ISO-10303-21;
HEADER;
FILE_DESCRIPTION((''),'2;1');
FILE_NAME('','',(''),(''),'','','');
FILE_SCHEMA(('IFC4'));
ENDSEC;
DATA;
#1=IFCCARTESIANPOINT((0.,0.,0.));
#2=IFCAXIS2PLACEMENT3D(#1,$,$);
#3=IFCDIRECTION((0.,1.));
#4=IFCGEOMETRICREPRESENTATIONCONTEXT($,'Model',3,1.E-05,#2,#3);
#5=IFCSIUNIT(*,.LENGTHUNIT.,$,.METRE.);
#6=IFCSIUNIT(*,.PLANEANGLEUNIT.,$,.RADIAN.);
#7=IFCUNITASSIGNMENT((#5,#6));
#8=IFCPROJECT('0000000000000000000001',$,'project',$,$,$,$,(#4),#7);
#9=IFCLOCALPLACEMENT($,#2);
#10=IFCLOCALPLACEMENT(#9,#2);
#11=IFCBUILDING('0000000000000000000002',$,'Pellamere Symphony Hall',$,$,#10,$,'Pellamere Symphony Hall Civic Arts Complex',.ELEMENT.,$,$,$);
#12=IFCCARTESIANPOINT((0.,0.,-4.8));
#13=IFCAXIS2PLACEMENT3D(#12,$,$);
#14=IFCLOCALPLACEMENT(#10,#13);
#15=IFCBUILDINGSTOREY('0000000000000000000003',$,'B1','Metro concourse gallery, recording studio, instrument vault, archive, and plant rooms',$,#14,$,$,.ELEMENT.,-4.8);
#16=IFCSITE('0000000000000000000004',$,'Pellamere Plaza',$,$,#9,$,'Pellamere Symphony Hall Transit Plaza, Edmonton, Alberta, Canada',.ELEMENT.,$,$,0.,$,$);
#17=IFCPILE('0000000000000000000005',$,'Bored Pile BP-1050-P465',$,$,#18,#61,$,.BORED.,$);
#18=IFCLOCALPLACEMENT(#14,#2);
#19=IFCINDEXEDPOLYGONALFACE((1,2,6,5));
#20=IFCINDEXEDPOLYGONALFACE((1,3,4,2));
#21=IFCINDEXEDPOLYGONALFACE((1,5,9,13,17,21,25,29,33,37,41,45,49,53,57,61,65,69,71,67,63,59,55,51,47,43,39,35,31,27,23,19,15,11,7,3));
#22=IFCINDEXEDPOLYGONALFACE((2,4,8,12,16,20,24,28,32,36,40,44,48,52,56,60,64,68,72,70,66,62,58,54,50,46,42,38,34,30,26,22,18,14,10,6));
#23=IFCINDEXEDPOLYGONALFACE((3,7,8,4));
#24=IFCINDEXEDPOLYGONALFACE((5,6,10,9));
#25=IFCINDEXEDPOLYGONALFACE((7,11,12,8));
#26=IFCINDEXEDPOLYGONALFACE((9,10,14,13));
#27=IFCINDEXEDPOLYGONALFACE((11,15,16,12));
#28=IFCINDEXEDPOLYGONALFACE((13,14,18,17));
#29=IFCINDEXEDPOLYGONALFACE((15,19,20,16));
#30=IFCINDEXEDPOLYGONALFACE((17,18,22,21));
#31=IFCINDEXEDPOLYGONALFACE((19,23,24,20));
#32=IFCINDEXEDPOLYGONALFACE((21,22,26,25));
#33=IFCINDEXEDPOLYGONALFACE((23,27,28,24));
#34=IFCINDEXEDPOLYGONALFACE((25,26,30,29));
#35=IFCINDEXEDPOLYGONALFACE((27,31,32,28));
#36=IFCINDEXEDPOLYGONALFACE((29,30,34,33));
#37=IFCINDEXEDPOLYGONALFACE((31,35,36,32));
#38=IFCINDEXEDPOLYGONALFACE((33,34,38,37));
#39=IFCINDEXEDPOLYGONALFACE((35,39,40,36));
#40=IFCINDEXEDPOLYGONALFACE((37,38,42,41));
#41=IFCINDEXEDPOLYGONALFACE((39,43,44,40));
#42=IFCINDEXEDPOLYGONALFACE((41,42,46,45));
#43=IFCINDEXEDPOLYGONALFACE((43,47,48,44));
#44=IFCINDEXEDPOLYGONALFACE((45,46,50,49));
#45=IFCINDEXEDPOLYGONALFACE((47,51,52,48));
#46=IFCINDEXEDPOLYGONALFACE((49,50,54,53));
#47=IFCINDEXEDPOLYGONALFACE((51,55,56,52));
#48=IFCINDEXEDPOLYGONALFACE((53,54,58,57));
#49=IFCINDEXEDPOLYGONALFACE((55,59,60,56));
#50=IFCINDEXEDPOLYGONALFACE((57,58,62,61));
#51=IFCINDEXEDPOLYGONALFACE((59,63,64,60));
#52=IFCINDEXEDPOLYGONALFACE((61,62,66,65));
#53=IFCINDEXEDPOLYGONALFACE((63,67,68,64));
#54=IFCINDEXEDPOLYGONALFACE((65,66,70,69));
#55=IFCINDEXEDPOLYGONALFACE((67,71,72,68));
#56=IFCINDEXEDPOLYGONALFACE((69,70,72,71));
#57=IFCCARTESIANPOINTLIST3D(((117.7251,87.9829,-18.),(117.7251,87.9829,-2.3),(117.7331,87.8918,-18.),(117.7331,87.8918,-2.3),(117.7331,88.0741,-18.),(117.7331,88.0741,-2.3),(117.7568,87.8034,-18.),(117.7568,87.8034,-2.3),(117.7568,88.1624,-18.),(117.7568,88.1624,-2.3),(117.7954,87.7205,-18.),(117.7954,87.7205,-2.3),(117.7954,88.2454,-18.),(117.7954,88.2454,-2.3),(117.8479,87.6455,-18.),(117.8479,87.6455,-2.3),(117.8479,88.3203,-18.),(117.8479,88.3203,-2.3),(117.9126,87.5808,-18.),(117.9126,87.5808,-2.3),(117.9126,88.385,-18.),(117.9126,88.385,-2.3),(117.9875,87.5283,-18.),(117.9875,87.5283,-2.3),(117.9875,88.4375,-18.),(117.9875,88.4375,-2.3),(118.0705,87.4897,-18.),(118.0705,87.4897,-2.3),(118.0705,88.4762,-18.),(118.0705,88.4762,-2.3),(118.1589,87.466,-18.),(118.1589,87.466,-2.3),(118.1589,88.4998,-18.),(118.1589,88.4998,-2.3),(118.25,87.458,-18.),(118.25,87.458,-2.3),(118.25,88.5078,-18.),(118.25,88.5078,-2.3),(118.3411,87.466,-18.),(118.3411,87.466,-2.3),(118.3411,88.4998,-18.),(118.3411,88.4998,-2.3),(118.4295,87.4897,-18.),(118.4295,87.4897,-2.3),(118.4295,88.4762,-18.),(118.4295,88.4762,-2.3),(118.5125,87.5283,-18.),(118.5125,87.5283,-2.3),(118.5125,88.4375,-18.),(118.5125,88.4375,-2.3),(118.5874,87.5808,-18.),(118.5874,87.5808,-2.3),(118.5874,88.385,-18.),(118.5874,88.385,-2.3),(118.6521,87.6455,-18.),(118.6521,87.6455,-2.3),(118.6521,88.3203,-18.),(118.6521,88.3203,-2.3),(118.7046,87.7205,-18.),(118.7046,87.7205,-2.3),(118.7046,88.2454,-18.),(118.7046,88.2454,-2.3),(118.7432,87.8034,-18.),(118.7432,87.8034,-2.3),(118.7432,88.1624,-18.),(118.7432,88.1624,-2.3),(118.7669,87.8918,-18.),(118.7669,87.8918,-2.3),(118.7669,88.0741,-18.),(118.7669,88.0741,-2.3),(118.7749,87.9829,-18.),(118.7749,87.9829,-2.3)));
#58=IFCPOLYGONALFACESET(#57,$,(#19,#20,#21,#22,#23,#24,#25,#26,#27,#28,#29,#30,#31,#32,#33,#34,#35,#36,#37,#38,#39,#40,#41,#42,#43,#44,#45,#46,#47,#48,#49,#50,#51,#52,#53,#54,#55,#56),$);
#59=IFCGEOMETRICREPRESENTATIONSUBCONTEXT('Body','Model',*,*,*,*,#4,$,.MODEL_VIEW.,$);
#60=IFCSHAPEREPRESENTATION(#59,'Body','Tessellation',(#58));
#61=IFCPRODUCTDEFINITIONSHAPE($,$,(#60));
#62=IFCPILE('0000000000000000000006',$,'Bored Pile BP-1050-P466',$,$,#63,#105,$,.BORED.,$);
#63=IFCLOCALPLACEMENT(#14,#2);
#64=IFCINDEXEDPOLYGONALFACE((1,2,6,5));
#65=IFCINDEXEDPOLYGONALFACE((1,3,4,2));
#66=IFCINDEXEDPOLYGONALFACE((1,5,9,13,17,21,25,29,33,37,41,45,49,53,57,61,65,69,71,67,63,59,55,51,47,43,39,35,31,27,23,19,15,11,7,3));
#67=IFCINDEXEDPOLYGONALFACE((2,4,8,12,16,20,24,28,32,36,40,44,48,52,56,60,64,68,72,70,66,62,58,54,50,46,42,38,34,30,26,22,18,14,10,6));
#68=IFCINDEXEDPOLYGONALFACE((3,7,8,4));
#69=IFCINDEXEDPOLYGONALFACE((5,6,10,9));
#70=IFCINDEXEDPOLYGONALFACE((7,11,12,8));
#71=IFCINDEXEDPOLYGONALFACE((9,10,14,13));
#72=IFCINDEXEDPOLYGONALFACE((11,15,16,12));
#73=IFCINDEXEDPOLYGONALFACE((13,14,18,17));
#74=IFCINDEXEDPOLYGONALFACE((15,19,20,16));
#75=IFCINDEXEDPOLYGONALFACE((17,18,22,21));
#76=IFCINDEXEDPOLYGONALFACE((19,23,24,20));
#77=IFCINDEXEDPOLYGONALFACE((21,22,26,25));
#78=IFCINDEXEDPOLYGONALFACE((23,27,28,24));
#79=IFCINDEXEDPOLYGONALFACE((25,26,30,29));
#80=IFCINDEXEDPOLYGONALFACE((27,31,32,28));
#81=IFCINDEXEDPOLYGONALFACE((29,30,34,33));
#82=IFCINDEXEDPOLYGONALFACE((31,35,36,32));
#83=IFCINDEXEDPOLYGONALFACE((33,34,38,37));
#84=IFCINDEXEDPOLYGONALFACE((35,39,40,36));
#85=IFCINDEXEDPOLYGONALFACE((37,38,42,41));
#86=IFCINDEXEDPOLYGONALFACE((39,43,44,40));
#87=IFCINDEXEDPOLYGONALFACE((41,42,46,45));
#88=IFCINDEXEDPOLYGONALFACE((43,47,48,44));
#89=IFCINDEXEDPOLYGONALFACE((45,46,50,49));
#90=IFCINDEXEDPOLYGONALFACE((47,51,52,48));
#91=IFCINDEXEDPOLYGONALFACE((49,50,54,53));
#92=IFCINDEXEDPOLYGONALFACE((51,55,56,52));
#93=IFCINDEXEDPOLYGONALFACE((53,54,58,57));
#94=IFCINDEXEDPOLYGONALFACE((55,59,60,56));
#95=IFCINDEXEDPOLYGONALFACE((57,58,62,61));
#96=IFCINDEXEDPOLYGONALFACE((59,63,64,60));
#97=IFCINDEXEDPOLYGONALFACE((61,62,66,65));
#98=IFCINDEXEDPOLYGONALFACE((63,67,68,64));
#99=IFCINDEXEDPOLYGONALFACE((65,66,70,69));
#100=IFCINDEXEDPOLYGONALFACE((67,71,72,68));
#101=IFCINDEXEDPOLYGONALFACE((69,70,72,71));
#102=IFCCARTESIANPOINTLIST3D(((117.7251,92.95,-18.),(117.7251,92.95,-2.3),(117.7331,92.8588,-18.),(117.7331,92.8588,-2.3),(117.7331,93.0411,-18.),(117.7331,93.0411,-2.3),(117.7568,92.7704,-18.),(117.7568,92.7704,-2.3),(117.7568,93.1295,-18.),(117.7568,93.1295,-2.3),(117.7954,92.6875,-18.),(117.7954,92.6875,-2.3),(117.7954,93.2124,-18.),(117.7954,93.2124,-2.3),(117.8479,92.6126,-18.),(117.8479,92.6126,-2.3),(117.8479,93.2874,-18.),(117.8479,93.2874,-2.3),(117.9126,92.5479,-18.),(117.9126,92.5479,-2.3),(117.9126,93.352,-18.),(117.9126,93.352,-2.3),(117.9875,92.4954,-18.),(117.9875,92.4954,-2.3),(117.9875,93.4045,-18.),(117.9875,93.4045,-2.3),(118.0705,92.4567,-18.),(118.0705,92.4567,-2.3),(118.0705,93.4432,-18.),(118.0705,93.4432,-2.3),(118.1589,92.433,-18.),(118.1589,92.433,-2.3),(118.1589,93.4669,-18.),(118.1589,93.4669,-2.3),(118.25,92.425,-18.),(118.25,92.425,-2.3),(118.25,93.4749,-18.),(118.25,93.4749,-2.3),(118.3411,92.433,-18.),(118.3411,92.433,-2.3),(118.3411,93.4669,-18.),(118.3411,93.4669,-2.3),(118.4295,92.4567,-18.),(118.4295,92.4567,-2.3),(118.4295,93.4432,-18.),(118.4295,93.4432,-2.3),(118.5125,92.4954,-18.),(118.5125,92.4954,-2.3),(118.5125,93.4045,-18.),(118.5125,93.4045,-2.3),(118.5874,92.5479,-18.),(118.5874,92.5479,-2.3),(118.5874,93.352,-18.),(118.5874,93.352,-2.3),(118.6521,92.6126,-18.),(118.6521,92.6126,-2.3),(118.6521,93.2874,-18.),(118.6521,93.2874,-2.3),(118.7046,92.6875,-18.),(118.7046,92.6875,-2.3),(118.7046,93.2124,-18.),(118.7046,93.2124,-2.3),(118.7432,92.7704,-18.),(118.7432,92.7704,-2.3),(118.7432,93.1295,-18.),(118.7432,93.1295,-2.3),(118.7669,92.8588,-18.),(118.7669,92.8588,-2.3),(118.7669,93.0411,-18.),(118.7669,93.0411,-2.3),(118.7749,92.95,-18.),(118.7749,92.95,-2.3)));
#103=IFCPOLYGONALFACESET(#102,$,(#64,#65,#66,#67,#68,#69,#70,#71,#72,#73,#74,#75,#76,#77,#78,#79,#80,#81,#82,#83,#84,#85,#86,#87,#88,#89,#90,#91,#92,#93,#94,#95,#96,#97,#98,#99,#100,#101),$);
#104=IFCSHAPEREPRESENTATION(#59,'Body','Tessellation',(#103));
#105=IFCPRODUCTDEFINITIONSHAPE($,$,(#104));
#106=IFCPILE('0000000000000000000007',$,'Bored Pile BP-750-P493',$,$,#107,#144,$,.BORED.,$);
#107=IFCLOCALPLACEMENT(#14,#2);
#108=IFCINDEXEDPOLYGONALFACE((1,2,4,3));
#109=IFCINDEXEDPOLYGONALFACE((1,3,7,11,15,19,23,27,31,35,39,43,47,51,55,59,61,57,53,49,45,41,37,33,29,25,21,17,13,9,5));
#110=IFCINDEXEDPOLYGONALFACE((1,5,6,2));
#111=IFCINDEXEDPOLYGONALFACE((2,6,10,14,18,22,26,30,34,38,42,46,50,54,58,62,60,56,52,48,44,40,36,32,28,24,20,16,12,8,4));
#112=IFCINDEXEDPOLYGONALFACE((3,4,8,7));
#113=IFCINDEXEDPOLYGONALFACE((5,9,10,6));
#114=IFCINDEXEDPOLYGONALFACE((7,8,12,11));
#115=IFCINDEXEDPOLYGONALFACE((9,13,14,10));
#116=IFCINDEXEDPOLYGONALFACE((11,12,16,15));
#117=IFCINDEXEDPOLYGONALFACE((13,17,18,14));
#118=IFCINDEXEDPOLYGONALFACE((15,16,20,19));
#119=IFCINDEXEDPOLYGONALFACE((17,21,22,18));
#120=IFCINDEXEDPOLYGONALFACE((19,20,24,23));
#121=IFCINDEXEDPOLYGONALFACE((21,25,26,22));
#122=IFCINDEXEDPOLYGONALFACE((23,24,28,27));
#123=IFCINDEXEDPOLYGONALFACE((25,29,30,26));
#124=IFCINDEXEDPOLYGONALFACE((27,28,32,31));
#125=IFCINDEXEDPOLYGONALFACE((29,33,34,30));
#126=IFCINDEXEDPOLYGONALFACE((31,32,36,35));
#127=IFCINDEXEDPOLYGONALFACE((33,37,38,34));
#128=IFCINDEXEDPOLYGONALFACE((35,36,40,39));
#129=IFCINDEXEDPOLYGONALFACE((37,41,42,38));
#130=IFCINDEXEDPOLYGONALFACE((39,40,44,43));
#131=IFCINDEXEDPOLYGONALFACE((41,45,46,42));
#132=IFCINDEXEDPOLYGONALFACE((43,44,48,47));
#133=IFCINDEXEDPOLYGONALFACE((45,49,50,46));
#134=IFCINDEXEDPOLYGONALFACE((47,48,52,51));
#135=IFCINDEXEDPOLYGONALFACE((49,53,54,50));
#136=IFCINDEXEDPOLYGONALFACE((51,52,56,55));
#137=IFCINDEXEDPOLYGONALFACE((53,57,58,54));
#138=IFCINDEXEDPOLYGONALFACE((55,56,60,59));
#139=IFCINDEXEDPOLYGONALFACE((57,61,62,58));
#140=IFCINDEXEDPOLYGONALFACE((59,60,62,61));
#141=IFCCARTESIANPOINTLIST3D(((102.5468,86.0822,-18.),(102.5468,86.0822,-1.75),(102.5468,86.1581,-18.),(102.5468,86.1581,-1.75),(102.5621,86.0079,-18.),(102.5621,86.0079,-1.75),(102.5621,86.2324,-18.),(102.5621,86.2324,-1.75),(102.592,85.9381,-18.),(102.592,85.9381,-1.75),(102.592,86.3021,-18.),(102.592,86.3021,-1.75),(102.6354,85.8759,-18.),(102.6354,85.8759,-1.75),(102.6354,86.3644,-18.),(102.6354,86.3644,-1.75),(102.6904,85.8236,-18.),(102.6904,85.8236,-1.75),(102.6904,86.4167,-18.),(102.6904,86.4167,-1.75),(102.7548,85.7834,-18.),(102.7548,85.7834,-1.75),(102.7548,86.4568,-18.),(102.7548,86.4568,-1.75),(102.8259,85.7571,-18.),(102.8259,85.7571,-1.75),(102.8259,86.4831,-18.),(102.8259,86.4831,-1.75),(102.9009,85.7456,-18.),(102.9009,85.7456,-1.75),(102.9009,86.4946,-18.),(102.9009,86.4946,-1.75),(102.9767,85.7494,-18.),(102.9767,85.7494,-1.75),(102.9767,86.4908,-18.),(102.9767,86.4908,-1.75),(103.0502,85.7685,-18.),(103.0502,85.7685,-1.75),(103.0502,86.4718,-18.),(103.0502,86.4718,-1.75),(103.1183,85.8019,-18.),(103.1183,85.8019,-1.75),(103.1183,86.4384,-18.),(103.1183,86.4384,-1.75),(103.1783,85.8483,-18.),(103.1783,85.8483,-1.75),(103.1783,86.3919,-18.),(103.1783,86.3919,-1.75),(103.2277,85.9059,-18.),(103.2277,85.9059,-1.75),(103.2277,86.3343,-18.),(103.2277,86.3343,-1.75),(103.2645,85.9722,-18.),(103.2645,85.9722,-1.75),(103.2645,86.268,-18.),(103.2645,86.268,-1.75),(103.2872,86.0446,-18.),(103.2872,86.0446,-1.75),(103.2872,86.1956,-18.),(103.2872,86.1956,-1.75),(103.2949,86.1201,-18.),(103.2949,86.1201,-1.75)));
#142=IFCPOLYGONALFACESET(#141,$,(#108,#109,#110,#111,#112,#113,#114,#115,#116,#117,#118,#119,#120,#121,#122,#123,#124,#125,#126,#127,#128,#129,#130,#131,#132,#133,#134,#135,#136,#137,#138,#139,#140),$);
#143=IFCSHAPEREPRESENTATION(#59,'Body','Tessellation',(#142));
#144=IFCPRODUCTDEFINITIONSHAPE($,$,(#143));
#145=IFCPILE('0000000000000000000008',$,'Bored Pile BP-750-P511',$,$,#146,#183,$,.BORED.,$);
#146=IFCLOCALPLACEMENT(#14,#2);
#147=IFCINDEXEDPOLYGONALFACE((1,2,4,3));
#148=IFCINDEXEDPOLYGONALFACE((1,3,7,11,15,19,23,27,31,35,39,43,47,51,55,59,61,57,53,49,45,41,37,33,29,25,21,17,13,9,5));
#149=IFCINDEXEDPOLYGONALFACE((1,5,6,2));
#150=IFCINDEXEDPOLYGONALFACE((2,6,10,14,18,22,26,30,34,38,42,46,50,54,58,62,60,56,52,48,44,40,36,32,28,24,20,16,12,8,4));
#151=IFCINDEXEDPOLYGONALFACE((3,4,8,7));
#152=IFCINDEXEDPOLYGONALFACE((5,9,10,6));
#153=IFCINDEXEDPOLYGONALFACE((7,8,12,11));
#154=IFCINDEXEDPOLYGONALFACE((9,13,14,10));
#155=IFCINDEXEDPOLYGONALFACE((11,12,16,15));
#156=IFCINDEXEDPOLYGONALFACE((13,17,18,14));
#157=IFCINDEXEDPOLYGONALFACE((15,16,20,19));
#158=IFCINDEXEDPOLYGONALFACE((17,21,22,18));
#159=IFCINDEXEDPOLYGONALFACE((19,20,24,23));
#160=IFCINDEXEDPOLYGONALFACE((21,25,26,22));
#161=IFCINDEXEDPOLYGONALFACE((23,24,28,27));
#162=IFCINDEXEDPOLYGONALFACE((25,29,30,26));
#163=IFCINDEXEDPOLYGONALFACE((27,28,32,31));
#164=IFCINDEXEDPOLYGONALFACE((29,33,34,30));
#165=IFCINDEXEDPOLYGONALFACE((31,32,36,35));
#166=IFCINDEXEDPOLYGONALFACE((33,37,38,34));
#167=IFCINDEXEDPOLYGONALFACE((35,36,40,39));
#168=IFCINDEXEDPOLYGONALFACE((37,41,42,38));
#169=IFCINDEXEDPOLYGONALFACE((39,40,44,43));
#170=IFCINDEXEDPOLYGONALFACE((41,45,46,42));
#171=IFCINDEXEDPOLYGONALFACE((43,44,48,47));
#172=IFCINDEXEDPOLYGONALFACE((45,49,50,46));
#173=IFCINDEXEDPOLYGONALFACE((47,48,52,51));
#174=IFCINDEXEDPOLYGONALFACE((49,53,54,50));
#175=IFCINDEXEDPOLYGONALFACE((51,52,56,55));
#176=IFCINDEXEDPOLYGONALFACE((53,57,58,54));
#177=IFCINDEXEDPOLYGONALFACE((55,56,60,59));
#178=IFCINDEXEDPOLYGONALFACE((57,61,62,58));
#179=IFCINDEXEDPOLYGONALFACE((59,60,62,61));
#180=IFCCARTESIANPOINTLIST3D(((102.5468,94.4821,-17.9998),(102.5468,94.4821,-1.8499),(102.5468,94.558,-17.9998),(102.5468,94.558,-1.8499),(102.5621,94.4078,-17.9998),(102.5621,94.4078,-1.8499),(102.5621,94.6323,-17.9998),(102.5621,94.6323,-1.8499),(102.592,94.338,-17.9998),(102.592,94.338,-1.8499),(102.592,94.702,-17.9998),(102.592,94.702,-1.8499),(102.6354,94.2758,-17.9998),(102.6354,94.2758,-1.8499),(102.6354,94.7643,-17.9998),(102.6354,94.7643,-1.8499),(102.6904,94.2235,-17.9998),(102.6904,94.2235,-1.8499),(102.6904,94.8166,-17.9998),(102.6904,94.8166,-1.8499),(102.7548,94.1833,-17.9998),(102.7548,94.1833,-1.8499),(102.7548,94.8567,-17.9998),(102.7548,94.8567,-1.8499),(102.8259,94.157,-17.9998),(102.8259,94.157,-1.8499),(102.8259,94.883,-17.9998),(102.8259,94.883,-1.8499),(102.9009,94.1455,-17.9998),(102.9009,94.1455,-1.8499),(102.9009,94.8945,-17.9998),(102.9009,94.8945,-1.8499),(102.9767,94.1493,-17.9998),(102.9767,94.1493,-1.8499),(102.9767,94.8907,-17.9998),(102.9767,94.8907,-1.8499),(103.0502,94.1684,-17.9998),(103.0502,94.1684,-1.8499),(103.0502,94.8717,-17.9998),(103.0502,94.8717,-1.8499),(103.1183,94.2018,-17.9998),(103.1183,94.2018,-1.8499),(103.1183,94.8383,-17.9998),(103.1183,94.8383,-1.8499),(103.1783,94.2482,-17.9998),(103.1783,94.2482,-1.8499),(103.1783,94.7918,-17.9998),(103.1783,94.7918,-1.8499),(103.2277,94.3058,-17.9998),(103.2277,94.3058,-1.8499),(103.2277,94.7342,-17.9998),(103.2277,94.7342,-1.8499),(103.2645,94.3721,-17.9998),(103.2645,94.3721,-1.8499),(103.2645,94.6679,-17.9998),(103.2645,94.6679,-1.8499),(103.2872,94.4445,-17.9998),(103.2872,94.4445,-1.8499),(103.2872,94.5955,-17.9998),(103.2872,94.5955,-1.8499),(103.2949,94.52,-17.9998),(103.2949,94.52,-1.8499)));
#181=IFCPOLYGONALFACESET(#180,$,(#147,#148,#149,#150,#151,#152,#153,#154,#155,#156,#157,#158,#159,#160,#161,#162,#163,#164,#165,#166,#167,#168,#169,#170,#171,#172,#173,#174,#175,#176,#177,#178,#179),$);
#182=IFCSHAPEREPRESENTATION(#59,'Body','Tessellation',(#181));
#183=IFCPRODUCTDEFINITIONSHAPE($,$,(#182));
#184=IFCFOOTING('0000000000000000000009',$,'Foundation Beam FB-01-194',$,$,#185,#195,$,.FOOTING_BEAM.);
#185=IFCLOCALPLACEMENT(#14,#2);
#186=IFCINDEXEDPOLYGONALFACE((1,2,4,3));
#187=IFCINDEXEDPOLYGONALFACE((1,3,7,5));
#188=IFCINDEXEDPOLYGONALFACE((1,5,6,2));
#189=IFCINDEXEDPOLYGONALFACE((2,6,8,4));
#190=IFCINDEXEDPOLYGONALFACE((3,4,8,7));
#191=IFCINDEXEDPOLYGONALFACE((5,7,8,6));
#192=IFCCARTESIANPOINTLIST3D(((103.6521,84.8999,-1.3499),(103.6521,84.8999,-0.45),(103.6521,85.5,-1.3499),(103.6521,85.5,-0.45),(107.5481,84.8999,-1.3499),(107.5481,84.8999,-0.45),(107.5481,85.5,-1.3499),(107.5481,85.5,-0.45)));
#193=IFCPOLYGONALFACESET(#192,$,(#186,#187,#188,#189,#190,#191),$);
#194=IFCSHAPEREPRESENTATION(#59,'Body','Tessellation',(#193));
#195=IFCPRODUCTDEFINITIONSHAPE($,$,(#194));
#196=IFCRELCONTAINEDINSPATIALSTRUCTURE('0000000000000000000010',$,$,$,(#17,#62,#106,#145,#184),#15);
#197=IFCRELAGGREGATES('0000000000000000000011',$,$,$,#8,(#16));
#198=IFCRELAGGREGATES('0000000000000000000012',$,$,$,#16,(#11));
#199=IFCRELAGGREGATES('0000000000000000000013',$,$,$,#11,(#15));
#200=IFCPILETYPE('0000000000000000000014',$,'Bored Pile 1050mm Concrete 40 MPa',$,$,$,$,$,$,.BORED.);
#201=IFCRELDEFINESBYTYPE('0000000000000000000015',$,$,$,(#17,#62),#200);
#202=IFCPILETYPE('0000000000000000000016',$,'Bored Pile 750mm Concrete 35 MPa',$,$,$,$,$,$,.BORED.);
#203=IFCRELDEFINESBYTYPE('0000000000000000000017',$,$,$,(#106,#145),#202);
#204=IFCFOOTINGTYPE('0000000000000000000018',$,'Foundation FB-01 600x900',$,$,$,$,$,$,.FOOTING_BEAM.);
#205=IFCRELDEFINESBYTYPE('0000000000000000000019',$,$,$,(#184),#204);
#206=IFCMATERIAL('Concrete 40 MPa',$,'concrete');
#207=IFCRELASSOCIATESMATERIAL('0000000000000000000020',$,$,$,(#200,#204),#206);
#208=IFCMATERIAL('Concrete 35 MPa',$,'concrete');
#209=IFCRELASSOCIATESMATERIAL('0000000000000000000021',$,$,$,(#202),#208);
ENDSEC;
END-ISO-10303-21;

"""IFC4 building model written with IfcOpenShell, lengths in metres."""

from ifc_helpers import new_model, si_unit, direction, frame, origin, origin_2d, place, context, subcontext, project, spatial, rectangle, circle, extrude, material, material_profile, profile_set, type_object, element, save


model = new_model("IFC4")

# Units and contexts
model_context = context("Model", 3, precision=1e-05, world=origin(), true_north=direction((0.0, 1.0)))
body_context = subcontext(model_context, "Body", "Model", "MODEL_VIEW")
ifc_project = project(units=[si_unit("LENGTHUNIT", "METRE"), si_unit("PLANEANGLEUNIT", "RADIAN")], contexts=[model_context])

# Site, building, storey
site_placement = place(None, origin())
site = spatial("IfcSite", under=ifc_project, at=site_placement, Name="Pellamere Plaza", LongName="Pellamere Symphony Hall Transit Plaza, Edmonton, Alberta, Canada", CompositionType="ELEMENT", RefElevation=0.0)
building_placement = place(site_placement, origin())
building = spatial("IfcBuilding", under=site, at=building_placement, Name="Pellamere Symphony Hall", LongName="Pellamere Symphony Hall Civic Arts Complex", CompositionType="ELEMENT")
storey_placement = place(building_placement, frame((0.0, 0.0, -4.8)))
storey = spatial("IfcBuildingStorey", under=building, at=storey_placement, Name="B1", Description="Metro concourse gallery, recording studio, instrument vault, archive, and plant rooms", CompositionType="ELEMENT", Elevation=-4.8)

# Piles
ifc_material_1 = material(Name="Concrete 40 MPa", Category="concrete")
ifc_material_profile_1 = material_profile(ifc_material_1, circle(Radius=0.5249, at=origin_2d()), Name="PILE D1050")
ifc_profile_set_1 = profile_set([ifc_material_profile_1], Name="Concrete 40 MPa")
pile_type_1 = type_object("IfcPileType", Name="Bored Pile 1050mm Concrete 40 MPa", PredefinedType="BORED", material=ifc_profile_set_1)
for number, where, z_axis, x_axis, name in (
    (1, (118.25, 87.9829, -2.3), (0.0, 0.0, -1.0), (1.0, 0.0, 0.0), "Bored Pile BP-1050-P465"),
    (2, (118.25, 92.95, -2.3), (0.0, 0.0, -1.0), (1.0, 0.0, 0.0), "Bored Pile BP-1050-P466"),
):
    element("IfcPile", number, at=place(storey_placement, frame(where, z_axis=z_axis, x_axis=x_axis)), inside=storey, type_object=pile_type_1, Name=name, PredefinedType="BORED", context=body_context, shape_type="SweptSolid", body=[
        extrude(circle(Radius=0.5249, at=origin_2d()), origin(), (0.0, 0.0, 1.0), 15.7),
    ])
ifc_material_2 = material(Name="Concrete 35 MPa", Category="concrete")
ifc_material_profile_2 = material_profile(ifc_material_2, circle(Radius=0.375, at=origin_2d()), Name="PILE D750")
ifc_profile_set_2 = profile_set([ifc_material_profile_2], Name="Concrete 35 MPa")
pile_type_2 = type_object("IfcPileType", Name="Bored Pile 750mm Concrete 35 MPa", PredefinedType="BORED", material=ifc_profile_set_2)
pile_1_placement = place(storey_placement, frame((102.9199, 86.1201, -1.75), z_axis=(0.0, 0.0, -1.0), x_axis=(1.0, 0.0, 0.0)))
element("IfcPile", 3, at=pile_1_placement, inside=storey, type_object=pile_type_2, Name="Bored Pile BP-750-P493", PredefinedType="BORED", context=body_context, shape_type="SweptSolid", body=[
    extrude(circle(Radius=0.375, at=origin_2d()), origin(), (0.0, 0.0, 1.0), 16.25),
])
pile_2_placement = place(storey_placement, frame((102.9199, 94.52, -1.8499), z_axis=(0.0, 0.0, -1.0), x_axis=(1.0, 0.0, 0.0)))
element("IfcPile", 4, at=pile_2_placement, inside=storey, type_object=pile_type_2, Name="Bored Pile BP-750-P511", PredefinedType="BORED", context=body_context, shape_type="SweptSolid", body=[
    extrude(circle(Radius=0.375, at=origin_2d()), origin(), (0.0, 0.0, 1.0), 16.1499),
])

# Footing
ifc_material_profile_3 = material_profile(ifc_material_1, rectangle(XDim=0.6001, YDim=0.8999, at=origin_2d()), Name="RC 600x900")
ifc_profile_set_3 = profile_set([ifc_material_profile_3], Name="Concrete 40 MPa")
footing_type_1 = type_object("IfcFootingType", Name="Foundation FB-01 600x900", PredefinedType="FOOTING_BEAM", material=ifc_profile_set_3)
for number, where, z_axis, x_axis, name in (
    (5, (103.6521, 85.2, -0.8999), (1.0, 0.0, 0.0), (0.0, 1.0, 0.0), "Foundation Beam FB-01-194"),
):
    element("IfcFooting", number, at=place(storey_placement, frame(where, z_axis=z_axis, x_axis=x_axis)), inside=storey, type_object=footing_type_1, Name=name, PredefinedType="FOOTING_BEAM", context=body_context, shape_type="SweptSolid", body=[
        extrude(rectangle(XDim=0.6001, YDim=0.8999, at=origin_2d()), origin(), (0.0, 0.0, 1.0), 3.896),
    ])

save(model, "model.ifc")
